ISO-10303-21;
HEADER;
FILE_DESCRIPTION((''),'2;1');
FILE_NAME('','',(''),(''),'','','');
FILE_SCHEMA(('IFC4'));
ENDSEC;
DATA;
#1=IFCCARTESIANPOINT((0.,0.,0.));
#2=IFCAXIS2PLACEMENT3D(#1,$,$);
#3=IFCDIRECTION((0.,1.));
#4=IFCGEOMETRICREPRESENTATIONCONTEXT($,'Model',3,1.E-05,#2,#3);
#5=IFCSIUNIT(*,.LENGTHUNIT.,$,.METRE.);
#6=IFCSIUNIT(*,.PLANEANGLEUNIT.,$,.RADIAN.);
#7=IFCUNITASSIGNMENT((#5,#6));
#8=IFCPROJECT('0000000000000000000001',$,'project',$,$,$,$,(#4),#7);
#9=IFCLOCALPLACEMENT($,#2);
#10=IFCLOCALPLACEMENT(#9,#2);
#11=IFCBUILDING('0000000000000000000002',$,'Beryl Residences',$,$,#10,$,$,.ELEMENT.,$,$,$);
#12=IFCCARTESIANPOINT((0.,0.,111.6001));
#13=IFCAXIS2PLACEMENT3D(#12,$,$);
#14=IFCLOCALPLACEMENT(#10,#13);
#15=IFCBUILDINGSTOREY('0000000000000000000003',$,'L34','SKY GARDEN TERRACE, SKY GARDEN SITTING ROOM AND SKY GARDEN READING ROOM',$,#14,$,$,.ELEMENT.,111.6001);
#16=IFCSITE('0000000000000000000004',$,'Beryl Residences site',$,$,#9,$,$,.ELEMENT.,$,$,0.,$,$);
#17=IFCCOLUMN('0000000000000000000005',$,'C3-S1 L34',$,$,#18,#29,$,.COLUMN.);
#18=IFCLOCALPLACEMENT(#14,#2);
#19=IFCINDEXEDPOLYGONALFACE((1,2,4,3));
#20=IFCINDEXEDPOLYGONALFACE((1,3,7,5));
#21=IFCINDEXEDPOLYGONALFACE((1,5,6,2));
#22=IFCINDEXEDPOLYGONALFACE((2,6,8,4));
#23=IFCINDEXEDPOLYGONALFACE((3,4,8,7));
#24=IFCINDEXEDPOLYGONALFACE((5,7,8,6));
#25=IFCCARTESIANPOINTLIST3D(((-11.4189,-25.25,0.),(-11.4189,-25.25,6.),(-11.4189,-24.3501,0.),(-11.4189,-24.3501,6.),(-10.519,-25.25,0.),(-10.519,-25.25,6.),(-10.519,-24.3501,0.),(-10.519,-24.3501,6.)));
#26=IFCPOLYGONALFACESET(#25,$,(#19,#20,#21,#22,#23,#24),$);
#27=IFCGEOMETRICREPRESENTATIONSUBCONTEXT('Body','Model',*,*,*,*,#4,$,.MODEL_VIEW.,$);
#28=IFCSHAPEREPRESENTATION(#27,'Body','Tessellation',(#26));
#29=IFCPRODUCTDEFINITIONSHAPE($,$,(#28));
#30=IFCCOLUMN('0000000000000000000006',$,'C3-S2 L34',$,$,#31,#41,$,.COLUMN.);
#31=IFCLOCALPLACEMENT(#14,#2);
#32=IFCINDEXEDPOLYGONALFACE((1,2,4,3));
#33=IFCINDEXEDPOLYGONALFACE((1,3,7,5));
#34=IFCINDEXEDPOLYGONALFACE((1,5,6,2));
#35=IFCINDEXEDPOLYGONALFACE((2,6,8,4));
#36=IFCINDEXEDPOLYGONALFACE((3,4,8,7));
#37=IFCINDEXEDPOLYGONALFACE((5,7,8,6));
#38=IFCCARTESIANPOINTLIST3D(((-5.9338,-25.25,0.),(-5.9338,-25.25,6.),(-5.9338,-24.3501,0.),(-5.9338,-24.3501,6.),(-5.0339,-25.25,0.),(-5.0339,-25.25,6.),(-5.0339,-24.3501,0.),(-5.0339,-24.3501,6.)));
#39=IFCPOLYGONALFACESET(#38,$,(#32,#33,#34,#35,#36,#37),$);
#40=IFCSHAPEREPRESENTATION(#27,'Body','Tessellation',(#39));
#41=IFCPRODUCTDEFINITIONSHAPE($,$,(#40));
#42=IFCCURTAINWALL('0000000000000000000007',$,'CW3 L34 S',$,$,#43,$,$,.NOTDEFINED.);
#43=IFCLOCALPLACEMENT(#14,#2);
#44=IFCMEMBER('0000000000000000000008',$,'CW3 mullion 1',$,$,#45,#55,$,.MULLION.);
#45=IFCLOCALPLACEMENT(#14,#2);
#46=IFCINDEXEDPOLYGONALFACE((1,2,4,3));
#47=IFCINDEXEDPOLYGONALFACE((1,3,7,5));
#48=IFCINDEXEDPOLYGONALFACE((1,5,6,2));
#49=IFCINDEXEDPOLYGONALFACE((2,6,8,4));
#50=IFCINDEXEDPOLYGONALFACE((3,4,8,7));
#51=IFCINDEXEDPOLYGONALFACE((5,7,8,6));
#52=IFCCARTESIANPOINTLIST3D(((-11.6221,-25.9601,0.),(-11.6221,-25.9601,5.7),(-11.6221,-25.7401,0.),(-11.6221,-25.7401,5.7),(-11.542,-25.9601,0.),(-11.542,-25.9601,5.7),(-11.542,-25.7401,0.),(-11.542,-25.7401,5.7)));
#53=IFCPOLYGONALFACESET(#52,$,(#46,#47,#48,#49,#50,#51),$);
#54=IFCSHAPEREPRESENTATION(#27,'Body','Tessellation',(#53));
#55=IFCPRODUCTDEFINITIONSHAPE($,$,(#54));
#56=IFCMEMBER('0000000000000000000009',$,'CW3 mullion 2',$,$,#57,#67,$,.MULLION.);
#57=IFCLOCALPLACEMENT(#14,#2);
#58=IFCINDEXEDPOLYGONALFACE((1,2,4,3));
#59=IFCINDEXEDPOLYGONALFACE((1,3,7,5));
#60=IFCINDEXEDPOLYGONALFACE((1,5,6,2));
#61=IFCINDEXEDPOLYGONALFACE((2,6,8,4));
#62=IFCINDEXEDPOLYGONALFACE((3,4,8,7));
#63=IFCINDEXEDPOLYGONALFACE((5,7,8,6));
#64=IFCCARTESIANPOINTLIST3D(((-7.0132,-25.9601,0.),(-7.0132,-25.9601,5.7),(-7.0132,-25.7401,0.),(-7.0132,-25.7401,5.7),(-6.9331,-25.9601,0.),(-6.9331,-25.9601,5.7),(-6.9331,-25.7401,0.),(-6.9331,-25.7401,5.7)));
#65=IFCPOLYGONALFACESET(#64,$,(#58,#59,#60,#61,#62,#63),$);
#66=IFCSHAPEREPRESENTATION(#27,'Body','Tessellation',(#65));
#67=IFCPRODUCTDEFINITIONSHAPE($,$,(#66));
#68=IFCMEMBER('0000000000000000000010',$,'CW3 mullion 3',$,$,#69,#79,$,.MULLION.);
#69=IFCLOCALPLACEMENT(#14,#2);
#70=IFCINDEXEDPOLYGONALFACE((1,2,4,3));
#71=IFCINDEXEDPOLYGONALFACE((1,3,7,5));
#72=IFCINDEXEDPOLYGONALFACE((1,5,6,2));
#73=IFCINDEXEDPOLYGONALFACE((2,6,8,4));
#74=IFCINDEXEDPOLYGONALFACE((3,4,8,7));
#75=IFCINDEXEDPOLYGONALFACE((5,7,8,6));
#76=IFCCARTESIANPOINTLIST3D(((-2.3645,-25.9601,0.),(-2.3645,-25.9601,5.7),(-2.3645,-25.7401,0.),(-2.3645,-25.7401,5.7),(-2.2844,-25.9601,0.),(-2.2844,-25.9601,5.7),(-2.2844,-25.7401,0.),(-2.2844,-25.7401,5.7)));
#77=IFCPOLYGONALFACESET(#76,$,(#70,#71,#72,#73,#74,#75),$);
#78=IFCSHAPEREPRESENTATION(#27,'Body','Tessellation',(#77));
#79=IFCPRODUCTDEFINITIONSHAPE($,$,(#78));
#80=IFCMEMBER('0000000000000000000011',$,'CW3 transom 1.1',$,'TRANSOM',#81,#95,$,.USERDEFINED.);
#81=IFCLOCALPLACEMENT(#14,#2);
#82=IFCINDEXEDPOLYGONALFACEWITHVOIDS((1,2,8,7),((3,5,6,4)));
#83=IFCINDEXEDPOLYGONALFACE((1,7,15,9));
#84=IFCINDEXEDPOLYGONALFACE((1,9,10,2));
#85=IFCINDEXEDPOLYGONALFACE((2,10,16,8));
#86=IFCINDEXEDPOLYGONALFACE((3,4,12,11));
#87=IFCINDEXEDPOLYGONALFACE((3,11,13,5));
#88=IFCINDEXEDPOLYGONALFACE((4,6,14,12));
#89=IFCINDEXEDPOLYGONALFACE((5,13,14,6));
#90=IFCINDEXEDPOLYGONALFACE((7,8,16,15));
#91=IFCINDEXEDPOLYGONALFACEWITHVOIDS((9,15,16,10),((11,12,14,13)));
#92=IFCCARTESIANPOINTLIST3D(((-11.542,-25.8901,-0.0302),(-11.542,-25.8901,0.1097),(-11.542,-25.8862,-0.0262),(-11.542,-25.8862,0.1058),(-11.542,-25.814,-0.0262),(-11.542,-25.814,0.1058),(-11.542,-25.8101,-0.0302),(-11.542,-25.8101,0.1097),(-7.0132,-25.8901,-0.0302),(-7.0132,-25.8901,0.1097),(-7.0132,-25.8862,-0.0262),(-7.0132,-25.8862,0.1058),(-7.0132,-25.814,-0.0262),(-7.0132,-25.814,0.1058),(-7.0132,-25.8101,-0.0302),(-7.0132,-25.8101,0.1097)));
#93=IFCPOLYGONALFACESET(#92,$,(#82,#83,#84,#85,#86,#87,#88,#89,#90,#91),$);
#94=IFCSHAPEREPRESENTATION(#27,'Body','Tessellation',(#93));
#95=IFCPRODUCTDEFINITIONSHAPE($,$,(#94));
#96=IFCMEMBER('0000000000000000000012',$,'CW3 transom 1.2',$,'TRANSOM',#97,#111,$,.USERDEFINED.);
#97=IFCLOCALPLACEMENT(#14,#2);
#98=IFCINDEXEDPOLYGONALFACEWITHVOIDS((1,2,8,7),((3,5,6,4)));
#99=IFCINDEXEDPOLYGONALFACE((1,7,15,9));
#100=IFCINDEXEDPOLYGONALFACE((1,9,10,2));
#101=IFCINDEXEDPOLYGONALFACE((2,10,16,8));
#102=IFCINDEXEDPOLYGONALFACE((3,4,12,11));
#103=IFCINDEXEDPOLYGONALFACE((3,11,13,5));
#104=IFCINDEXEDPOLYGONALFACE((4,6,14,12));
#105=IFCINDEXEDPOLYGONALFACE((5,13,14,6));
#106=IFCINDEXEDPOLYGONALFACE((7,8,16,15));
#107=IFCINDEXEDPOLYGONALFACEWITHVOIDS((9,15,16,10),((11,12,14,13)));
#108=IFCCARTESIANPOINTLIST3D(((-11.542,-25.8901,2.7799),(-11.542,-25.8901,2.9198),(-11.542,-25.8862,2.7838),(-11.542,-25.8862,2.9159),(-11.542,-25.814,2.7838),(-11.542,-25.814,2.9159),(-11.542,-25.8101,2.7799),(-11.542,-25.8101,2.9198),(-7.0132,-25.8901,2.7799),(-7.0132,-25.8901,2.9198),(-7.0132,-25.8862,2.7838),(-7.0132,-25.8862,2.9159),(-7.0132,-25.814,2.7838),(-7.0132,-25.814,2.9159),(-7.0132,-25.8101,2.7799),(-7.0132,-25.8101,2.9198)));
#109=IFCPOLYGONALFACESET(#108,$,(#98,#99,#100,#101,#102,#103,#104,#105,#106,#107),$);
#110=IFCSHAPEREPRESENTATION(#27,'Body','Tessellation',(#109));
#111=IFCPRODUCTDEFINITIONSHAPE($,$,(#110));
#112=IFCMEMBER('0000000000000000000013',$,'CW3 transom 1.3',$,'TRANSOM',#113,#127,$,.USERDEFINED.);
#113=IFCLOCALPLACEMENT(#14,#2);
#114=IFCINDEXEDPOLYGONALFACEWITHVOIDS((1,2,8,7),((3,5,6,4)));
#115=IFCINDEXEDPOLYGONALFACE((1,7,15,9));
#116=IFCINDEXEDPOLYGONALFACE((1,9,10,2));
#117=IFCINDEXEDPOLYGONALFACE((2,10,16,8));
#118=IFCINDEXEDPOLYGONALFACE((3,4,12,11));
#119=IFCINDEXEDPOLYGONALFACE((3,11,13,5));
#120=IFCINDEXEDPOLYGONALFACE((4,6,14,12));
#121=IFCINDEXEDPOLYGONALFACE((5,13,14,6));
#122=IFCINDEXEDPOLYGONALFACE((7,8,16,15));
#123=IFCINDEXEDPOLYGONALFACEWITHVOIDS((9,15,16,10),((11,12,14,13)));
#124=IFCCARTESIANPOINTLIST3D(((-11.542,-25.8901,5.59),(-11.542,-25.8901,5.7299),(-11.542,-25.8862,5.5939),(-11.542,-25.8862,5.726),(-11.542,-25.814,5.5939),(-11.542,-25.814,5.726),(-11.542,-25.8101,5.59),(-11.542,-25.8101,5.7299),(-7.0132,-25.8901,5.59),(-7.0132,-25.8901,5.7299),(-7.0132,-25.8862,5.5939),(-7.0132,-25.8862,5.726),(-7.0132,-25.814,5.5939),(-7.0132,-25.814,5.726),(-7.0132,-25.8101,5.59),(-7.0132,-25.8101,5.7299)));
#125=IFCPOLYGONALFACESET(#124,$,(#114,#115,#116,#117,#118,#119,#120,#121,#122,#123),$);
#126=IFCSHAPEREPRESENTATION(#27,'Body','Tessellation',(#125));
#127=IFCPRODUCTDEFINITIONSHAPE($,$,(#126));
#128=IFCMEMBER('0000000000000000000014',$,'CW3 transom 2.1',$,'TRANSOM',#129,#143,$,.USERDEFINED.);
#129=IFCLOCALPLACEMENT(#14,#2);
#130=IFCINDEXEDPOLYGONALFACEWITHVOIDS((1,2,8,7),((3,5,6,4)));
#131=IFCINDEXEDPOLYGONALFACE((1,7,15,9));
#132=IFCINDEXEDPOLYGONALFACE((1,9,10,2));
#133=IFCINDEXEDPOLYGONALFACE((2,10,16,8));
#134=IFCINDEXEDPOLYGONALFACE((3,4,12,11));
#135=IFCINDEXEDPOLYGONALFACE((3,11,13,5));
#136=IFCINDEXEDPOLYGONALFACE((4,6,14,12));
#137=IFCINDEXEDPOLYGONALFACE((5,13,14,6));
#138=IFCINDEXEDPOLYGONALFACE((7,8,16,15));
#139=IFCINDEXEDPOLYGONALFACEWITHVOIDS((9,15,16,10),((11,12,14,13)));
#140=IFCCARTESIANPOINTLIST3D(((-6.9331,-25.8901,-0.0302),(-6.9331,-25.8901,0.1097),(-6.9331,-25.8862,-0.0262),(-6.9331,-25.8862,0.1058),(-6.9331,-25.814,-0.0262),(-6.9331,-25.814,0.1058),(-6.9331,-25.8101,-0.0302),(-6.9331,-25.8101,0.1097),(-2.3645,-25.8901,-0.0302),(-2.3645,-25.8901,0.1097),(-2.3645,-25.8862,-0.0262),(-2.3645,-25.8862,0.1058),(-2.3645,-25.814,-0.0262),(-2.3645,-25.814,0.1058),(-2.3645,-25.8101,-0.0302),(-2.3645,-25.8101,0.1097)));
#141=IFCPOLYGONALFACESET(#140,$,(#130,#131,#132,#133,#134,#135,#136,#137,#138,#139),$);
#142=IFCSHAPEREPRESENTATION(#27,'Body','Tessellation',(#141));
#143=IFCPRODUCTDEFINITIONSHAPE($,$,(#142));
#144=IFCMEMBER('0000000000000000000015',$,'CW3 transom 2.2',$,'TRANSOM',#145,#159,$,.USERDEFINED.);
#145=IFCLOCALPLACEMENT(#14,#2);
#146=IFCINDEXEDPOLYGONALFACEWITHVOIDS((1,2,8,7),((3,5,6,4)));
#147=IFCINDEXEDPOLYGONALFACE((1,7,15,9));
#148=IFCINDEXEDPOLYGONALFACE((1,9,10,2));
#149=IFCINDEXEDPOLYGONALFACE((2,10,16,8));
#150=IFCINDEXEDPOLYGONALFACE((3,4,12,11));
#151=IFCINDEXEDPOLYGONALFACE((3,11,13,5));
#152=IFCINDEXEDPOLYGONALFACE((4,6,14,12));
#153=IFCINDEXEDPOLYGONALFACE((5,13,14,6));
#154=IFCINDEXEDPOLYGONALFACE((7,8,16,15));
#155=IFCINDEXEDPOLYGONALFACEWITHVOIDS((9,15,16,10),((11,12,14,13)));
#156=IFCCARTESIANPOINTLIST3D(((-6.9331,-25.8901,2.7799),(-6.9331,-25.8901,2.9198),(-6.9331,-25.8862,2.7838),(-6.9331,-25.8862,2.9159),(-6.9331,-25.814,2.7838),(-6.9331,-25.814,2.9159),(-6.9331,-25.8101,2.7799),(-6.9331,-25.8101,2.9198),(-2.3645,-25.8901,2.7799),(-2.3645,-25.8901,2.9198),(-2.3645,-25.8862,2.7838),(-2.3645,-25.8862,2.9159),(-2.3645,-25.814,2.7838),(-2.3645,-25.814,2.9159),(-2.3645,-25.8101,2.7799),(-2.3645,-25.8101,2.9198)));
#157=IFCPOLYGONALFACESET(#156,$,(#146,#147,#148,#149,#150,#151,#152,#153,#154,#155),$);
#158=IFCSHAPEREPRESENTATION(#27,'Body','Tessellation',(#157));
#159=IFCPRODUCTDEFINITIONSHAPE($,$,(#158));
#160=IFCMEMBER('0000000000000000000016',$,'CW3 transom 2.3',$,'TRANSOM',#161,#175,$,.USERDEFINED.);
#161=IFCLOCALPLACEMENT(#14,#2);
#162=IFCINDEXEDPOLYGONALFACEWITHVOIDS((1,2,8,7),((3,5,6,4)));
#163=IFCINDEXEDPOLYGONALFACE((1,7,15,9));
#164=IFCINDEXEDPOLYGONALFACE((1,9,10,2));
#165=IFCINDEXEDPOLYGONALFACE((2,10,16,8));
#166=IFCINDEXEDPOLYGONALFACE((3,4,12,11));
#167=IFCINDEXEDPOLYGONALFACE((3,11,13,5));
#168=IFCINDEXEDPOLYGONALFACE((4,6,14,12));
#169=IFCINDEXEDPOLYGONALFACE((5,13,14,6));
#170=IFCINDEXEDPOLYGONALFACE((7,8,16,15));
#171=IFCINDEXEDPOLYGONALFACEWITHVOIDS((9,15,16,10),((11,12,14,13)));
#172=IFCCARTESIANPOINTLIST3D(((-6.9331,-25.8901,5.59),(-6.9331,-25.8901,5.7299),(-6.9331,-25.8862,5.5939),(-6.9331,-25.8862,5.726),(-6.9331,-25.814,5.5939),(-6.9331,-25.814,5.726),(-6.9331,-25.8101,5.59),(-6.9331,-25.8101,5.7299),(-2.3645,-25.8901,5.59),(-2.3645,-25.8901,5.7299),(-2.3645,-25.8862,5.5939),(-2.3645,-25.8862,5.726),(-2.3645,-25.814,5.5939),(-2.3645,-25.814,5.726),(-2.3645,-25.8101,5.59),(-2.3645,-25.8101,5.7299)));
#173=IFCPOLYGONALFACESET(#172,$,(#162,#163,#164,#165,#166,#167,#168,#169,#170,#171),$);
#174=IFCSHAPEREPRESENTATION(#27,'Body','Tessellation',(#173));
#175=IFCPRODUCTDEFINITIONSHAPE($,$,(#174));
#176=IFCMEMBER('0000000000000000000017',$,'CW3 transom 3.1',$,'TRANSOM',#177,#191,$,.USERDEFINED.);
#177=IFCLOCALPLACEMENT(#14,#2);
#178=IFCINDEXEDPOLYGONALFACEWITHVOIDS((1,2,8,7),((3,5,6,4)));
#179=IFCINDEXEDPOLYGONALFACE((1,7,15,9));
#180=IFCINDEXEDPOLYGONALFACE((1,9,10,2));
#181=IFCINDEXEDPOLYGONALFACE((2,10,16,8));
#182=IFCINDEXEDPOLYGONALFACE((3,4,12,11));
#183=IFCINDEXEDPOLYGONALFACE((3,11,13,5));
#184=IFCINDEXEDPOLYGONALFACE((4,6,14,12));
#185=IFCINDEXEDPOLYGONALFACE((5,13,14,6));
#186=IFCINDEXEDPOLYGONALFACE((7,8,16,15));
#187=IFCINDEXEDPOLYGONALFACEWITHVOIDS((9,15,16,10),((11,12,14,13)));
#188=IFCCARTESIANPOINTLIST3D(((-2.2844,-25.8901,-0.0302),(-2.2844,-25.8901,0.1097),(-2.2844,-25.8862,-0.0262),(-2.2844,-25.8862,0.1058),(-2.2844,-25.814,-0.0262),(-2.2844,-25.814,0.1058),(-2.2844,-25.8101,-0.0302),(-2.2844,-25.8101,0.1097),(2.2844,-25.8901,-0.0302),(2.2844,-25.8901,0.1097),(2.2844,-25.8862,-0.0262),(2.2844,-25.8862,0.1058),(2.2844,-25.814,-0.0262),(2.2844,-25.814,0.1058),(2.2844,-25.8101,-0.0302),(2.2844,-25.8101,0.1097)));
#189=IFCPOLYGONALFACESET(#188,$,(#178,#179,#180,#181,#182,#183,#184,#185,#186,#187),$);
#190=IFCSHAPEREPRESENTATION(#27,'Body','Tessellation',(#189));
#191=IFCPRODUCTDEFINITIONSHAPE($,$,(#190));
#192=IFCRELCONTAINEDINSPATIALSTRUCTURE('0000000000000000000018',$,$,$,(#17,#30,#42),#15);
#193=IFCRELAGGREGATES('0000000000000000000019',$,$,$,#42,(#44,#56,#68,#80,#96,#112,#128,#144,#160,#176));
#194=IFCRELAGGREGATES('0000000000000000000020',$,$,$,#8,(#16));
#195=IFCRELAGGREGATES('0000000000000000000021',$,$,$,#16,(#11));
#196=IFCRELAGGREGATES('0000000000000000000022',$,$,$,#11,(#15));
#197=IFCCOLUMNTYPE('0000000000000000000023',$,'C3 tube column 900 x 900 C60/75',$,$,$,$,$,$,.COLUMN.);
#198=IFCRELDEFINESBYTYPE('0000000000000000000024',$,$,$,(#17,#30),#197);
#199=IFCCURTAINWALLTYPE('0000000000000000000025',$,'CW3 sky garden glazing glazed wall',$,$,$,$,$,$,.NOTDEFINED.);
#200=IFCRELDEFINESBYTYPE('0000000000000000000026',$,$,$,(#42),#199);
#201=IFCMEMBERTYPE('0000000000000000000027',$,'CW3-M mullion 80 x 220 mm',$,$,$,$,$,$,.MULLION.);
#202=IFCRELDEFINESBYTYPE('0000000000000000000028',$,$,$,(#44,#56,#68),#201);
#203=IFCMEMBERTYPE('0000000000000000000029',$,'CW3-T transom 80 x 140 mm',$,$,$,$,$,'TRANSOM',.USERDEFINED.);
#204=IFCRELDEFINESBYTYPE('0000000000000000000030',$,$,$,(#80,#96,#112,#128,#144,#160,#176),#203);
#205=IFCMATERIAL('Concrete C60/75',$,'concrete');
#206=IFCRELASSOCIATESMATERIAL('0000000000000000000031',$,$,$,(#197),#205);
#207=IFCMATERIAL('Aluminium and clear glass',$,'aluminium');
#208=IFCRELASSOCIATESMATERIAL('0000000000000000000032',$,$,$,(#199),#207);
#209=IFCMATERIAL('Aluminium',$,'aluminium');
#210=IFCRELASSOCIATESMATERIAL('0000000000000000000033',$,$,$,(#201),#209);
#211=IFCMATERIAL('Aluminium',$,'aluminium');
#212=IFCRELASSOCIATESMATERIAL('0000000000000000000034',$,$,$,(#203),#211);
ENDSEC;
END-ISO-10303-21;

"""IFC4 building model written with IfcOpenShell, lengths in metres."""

from ifc_helpers import new_model, si_unit, direction, frame, origin, origin_2d, place, context, subcontext, project, spatial, rectangle, hollow_rectangle, extrude, material, material_profile, profile_set, type_object, element, aggregate, save


model = new_model("IFC4")

# Units and contexts
model_context = context("Model", 3, precision=1e-05, world=origin(), true_north=direction((0.0, 1.0)))
body_context = subcontext(model_context, "Body", "Model", "MODEL_VIEW")
ifc_project = project(units=[si_unit("LENGTHUNIT", "METRE"), si_unit("PLANEANGLEUNIT", "RADIAN")], contexts=[model_context])

# Site, building, storey
site_placement = place(None, origin())
site = spatial("IfcSite", under=ifc_project, at=site_placement, Name="Beryl Residences site", CompositionType="ELEMENT", RefElevation=0.0)
building_placement = place(site_placement, origin())
building = spatial("IfcBuilding", under=site, at=building_placement, Name="Beryl Residences", CompositionType="ELEMENT")
storey_placement = place(building_placement, frame((0.0, 0.0, 111.6001)))
storey = spatial("IfcBuildingStorey", under=building, at=storey_placement, Name="L34", Description="SKY GARDEN TERRACE, SKY GARDEN SITTING ROOM AND SKY GARDEN READING ROOM", CompositionType="ELEMENT", Elevation=111.6001)

# Columns
ifc_material_1 = material(Name="Concrete C60/75", Category="concrete")
ifc_material_profile_1 = material_profile(ifc_material_1, rectangle(XDim=0.8999, YDim=0.8999, at=origin_2d()))
ifc_profile_set_1 = profile_set([ifc_material_profile_1], Name="Concrete C60/75")
column_type = type_object("IfcColumnType", Name="C3 tube column 900 x 900 C60/75", PredefinedType="COLUMN", material=ifc_profile_set_1)
for number, where, z_axis, x_axis, name in (
    (1, (-10.969, -24.8, 0.0), (0.0, 0.0, 1.0), (1.0, 0.0, 0.0), "C3-S1 L34"),
    (2, (-5.4839, -24.8, 0.0), (0.0, 0.0, 1.0), (1.0, 0.0, 0.0), "C3-S2 L34"),
):
    element("IfcColumn", number, at=place(storey_placement, frame(where, z_axis=z_axis, x_axis=x_axis)), inside=storey, type_object=column_type, Name=name, PredefinedType="COLUMN", context=body_context, shape_type="SweptSolid", body=[
        extrude(rectangle(XDim=0.8999, YDim=0.8999, at=origin_2d()), origin(), (0.0, 0.0, 1.0), 6.0),
    ])

# Curtain wall, members
ifc_material_2 = material(Name="Aluminium and clear glass", Category="aluminium")
curtain_wall_type = type_object("IfcCurtainWallType", Name="CW3 sky garden glazing glazed wall", PredefinedType="NOTDEFINED", material=ifc_material_2)
curtain_wall_placement = place(storey_placement, origin())
curtain_wall = element("IfcCurtainWall", 3, at=curtain_wall_placement, inside=storey, type_object=curtain_wall_type, Name="CW3 L34 S", PredefinedType="NOTDEFINED")
ifc_material_3 = material(Name="Aluminium", Category="aluminium")
ifc_material_profile_2 = material_profile(ifc_material_3, rectangle(XDim=0.0801, YDim=0.22, at=origin_2d()))
ifc_profile_set_2 = profile_set([ifc_material_profile_2], Name="Aluminium")
member_type_1 = type_object("IfcMemberType", Name="CW3-M mullion 80 x 220 mm", PredefinedType="MULLION", material=ifc_profile_set_2)
member_1_placement = place(storey_placement, frame((-11.582, -25.8501, 0.0), z_axis=(0.0, 0.0, 1.0), x_axis=(1.0, 0.0, 0.0)))
member_1 = element("IfcMember", 4, at=member_1_placement, type_object=member_type_1, Name="CW3 mullion 1", PredefinedType="MULLION", context=body_context, shape_type="SweptSolid", body=[
    extrude(rectangle(XDim=0.0801, YDim=0.22, at=origin_2d()), origin(), (0.0, 0.0, 1.0), 5.7),
])
member_2_placement = place(storey_placement, frame((-6.9731, -25.8501, 0.0), z_axis=(0.0, 0.0, 1.0), x_axis=(1.0, 0.0, 0.0)))
member_2 = element("IfcMember", 5, at=member_2_placement, type_object=member_type_1, Name="CW3 mullion 2", PredefinedType="MULLION", context=body_context, shape_type="SweptSolid", body=[
    extrude(rectangle(XDim=0.0801, YDim=0.22, at=origin_2d()), origin(), (0.0, 0.0, 1.0), 5.7),
])
member_3_placement = place(storey_placement, frame((-2.3245, -25.8501, 0.0), z_axis=(0.0, 0.0, 1.0), x_axis=(1.0, 0.0, 0.0)))
member_3 = element("IfcMember", 6, at=member_3_placement, type_object=member_type_1, Name="CW3 mullion 3", PredefinedType="MULLION", context=body_context, shape_type="SweptSolid", body=[
    extrude(rectangle(XDim=0.0801, YDim=0.22, at=origin_2d()), origin(), (0.0, 0.0, 1.0), 5.7),
])
ifc_material_4 = material(Name="Aluminium", Category="aluminium")
ifc_material_profile_3 = material_profile(ifc_material_4, hollow_rectangle(XDim=0.0801, YDim=0.1399, WallThickness=0.0039, at=origin_2d()))
ifc_profile_set_3 = profile_set([ifc_material_profile_3], Name="Aluminium")
member_type_2 = type_object("IfcMemberType", Name="CW3-T transom 80 x 140 mm", ElementType="TRANSOM", PredefinedType="USERDEFINED", material=ifc_profile_set_3)
member_4_placement = place(storey_placement, frame((-11.542, -25.8501, 0.0398), z_axis=(1.0, 0.0, 0.0), x_axis=(0.0, 1.0, 0.0)))
member_4 = element("IfcMember", 7, at=member_4_placement, type_object=member_type_2, Name="CW3 transom 1.1", ObjectType="TRANSOM", PredefinedType="USERDEFINED", context=body_context, shape_type="SweptSolid", body=[
    extrude(hollow_rectangle(XDim=0.0801, YDim=0.1399, WallThickness=0.0039, at=origin_2d()), origin(), (0.0, 0.0, 1.0), 4.5288),
])
member_5_placement = place(storey_placement, frame((-11.542, -25.8501, 2.8499), z_axis=(1.0, 0.0, 0.0), x_axis=(0.0, 1.0, 0.0)))
member_5 = element("IfcMember", 8, at=member_5_placement, type_object=member_type_2, Name="CW3 transom 1.2", ObjectType="TRANSOM", PredefinedType="USERDEFINED", context=body_context, shape_type="SweptSolid", body=[
    extrude(hollow_rectangle(XDim=0.0801, YDim=0.1399, WallThickness=0.0039, at=origin_2d()), origin(), (0.0, 0.0, 1.0), 4.5288),
])
member_6_placement = place(storey_placement, frame((-11.542, -25.8501, 5.6599), z_axis=(1.0, 0.0, 0.0), x_axis=(0.0, 1.0, 0.0)))
member_6 = element("IfcMember", 9, at=member_6_placement, type_object=member_type_2, Name="CW3 transom 1.3", ObjectType="TRANSOM", PredefinedType="USERDEFINED", context=body_context, shape_type="SweptSolid", body=[
    extrude(hollow_rectangle(XDim=0.0801, YDim=0.1399, WallThickness=0.0039, at=origin_2d()), origin(), (0.0, 0.0, 1.0), 4.5288),
])
member_7_placement = place(storey_placement, frame((-6.9331, -25.8501, 0.0398), z_axis=(1.0, 0.0, 0.0), x_axis=(0.0, 1.0, 0.0)))
member_7 = element("IfcMember", 10, at=member_7_placement, type_object=member_type_2, Name="CW3 transom 2.1", ObjectType="TRANSOM", PredefinedType="USERDEFINED", context=body_context, shape_type="SweptSolid", body=[
    extrude(hollow_rectangle(XDim=0.0801, YDim=0.1399, WallThickness=0.0039, at=origin_2d()), origin(), (0.0, 0.0, 1.0), 4.5686),
])
member_8_placement = place(storey_placement, frame((-6.9331, -25.8501, 2.8499), z_axis=(1.0, 0.0, 0.0), x_axis=(0.0, 1.0, 0.0)))
member_8 = element("IfcMember", 11, at=member_8_placement, type_object=member_type_2, Name="CW3 transom 2.2", ObjectType="TRANSOM", PredefinedType="USERDEFINED", context=body_context, shape_type="SweptSolid", body=[
    extrude(hollow_rectangle(XDim=0.0801, YDim=0.1399, WallThickness=0.0039, at=origin_2d()), origin(), (0.0, 0.0, 1.0), 4.5686),
])
member_9_placement = place(storey_placement, frame((-6.9331, -25.8501, 5.6599), z_axis=(1.0, 0.0, 0.0), x_axis=(0.0, 1.0, 0.0)))
member_9 = element("IfcMember", 12, at=member_9_placement, type_object=member_type_2, Name="CW3 transom 2.3", ObjectType="TRANSOM", PredefinedType="USERDEFINED", context=body_context, shape_type="SweptSolid", body=[
    extrude(hollow_rectangle(XDim=0.0801, YDim=0.1399, WallThickness=0.0039, at=origin_2d()), origin(), (0.0, 0.0, 1.0), 4.5686),
])
member_10_placement = place(storey_placement, frame((-2.2844, -25.8501, 0.0398), z_axis=(1.0, 0.0, 0.0), x_axis=(0.0, 1.0, 0.0)))
member_10 = element("IfcMember", 13, at=member_10_placement, type_object=member_type_2, Name="CW3 transom 3.1", ObjectType="TRANSOM", PredefinedType="USERDEFINED", context=body_context, shape_type="SweptSolid", body=[
    extrude(hollow_rectangle(XDim=0.0801, YDim=0.1399, WallThickness=0.0039, at=origin_2d()), origin(), (0.0, 0.0, 1.0), 4.5688),
])
aggregate(curtain_wall, [member_1, member_2, member_3, member_4, member_5, member_6, member_7, member_8, member_9, member_10])

save(model, "model.ifc")
